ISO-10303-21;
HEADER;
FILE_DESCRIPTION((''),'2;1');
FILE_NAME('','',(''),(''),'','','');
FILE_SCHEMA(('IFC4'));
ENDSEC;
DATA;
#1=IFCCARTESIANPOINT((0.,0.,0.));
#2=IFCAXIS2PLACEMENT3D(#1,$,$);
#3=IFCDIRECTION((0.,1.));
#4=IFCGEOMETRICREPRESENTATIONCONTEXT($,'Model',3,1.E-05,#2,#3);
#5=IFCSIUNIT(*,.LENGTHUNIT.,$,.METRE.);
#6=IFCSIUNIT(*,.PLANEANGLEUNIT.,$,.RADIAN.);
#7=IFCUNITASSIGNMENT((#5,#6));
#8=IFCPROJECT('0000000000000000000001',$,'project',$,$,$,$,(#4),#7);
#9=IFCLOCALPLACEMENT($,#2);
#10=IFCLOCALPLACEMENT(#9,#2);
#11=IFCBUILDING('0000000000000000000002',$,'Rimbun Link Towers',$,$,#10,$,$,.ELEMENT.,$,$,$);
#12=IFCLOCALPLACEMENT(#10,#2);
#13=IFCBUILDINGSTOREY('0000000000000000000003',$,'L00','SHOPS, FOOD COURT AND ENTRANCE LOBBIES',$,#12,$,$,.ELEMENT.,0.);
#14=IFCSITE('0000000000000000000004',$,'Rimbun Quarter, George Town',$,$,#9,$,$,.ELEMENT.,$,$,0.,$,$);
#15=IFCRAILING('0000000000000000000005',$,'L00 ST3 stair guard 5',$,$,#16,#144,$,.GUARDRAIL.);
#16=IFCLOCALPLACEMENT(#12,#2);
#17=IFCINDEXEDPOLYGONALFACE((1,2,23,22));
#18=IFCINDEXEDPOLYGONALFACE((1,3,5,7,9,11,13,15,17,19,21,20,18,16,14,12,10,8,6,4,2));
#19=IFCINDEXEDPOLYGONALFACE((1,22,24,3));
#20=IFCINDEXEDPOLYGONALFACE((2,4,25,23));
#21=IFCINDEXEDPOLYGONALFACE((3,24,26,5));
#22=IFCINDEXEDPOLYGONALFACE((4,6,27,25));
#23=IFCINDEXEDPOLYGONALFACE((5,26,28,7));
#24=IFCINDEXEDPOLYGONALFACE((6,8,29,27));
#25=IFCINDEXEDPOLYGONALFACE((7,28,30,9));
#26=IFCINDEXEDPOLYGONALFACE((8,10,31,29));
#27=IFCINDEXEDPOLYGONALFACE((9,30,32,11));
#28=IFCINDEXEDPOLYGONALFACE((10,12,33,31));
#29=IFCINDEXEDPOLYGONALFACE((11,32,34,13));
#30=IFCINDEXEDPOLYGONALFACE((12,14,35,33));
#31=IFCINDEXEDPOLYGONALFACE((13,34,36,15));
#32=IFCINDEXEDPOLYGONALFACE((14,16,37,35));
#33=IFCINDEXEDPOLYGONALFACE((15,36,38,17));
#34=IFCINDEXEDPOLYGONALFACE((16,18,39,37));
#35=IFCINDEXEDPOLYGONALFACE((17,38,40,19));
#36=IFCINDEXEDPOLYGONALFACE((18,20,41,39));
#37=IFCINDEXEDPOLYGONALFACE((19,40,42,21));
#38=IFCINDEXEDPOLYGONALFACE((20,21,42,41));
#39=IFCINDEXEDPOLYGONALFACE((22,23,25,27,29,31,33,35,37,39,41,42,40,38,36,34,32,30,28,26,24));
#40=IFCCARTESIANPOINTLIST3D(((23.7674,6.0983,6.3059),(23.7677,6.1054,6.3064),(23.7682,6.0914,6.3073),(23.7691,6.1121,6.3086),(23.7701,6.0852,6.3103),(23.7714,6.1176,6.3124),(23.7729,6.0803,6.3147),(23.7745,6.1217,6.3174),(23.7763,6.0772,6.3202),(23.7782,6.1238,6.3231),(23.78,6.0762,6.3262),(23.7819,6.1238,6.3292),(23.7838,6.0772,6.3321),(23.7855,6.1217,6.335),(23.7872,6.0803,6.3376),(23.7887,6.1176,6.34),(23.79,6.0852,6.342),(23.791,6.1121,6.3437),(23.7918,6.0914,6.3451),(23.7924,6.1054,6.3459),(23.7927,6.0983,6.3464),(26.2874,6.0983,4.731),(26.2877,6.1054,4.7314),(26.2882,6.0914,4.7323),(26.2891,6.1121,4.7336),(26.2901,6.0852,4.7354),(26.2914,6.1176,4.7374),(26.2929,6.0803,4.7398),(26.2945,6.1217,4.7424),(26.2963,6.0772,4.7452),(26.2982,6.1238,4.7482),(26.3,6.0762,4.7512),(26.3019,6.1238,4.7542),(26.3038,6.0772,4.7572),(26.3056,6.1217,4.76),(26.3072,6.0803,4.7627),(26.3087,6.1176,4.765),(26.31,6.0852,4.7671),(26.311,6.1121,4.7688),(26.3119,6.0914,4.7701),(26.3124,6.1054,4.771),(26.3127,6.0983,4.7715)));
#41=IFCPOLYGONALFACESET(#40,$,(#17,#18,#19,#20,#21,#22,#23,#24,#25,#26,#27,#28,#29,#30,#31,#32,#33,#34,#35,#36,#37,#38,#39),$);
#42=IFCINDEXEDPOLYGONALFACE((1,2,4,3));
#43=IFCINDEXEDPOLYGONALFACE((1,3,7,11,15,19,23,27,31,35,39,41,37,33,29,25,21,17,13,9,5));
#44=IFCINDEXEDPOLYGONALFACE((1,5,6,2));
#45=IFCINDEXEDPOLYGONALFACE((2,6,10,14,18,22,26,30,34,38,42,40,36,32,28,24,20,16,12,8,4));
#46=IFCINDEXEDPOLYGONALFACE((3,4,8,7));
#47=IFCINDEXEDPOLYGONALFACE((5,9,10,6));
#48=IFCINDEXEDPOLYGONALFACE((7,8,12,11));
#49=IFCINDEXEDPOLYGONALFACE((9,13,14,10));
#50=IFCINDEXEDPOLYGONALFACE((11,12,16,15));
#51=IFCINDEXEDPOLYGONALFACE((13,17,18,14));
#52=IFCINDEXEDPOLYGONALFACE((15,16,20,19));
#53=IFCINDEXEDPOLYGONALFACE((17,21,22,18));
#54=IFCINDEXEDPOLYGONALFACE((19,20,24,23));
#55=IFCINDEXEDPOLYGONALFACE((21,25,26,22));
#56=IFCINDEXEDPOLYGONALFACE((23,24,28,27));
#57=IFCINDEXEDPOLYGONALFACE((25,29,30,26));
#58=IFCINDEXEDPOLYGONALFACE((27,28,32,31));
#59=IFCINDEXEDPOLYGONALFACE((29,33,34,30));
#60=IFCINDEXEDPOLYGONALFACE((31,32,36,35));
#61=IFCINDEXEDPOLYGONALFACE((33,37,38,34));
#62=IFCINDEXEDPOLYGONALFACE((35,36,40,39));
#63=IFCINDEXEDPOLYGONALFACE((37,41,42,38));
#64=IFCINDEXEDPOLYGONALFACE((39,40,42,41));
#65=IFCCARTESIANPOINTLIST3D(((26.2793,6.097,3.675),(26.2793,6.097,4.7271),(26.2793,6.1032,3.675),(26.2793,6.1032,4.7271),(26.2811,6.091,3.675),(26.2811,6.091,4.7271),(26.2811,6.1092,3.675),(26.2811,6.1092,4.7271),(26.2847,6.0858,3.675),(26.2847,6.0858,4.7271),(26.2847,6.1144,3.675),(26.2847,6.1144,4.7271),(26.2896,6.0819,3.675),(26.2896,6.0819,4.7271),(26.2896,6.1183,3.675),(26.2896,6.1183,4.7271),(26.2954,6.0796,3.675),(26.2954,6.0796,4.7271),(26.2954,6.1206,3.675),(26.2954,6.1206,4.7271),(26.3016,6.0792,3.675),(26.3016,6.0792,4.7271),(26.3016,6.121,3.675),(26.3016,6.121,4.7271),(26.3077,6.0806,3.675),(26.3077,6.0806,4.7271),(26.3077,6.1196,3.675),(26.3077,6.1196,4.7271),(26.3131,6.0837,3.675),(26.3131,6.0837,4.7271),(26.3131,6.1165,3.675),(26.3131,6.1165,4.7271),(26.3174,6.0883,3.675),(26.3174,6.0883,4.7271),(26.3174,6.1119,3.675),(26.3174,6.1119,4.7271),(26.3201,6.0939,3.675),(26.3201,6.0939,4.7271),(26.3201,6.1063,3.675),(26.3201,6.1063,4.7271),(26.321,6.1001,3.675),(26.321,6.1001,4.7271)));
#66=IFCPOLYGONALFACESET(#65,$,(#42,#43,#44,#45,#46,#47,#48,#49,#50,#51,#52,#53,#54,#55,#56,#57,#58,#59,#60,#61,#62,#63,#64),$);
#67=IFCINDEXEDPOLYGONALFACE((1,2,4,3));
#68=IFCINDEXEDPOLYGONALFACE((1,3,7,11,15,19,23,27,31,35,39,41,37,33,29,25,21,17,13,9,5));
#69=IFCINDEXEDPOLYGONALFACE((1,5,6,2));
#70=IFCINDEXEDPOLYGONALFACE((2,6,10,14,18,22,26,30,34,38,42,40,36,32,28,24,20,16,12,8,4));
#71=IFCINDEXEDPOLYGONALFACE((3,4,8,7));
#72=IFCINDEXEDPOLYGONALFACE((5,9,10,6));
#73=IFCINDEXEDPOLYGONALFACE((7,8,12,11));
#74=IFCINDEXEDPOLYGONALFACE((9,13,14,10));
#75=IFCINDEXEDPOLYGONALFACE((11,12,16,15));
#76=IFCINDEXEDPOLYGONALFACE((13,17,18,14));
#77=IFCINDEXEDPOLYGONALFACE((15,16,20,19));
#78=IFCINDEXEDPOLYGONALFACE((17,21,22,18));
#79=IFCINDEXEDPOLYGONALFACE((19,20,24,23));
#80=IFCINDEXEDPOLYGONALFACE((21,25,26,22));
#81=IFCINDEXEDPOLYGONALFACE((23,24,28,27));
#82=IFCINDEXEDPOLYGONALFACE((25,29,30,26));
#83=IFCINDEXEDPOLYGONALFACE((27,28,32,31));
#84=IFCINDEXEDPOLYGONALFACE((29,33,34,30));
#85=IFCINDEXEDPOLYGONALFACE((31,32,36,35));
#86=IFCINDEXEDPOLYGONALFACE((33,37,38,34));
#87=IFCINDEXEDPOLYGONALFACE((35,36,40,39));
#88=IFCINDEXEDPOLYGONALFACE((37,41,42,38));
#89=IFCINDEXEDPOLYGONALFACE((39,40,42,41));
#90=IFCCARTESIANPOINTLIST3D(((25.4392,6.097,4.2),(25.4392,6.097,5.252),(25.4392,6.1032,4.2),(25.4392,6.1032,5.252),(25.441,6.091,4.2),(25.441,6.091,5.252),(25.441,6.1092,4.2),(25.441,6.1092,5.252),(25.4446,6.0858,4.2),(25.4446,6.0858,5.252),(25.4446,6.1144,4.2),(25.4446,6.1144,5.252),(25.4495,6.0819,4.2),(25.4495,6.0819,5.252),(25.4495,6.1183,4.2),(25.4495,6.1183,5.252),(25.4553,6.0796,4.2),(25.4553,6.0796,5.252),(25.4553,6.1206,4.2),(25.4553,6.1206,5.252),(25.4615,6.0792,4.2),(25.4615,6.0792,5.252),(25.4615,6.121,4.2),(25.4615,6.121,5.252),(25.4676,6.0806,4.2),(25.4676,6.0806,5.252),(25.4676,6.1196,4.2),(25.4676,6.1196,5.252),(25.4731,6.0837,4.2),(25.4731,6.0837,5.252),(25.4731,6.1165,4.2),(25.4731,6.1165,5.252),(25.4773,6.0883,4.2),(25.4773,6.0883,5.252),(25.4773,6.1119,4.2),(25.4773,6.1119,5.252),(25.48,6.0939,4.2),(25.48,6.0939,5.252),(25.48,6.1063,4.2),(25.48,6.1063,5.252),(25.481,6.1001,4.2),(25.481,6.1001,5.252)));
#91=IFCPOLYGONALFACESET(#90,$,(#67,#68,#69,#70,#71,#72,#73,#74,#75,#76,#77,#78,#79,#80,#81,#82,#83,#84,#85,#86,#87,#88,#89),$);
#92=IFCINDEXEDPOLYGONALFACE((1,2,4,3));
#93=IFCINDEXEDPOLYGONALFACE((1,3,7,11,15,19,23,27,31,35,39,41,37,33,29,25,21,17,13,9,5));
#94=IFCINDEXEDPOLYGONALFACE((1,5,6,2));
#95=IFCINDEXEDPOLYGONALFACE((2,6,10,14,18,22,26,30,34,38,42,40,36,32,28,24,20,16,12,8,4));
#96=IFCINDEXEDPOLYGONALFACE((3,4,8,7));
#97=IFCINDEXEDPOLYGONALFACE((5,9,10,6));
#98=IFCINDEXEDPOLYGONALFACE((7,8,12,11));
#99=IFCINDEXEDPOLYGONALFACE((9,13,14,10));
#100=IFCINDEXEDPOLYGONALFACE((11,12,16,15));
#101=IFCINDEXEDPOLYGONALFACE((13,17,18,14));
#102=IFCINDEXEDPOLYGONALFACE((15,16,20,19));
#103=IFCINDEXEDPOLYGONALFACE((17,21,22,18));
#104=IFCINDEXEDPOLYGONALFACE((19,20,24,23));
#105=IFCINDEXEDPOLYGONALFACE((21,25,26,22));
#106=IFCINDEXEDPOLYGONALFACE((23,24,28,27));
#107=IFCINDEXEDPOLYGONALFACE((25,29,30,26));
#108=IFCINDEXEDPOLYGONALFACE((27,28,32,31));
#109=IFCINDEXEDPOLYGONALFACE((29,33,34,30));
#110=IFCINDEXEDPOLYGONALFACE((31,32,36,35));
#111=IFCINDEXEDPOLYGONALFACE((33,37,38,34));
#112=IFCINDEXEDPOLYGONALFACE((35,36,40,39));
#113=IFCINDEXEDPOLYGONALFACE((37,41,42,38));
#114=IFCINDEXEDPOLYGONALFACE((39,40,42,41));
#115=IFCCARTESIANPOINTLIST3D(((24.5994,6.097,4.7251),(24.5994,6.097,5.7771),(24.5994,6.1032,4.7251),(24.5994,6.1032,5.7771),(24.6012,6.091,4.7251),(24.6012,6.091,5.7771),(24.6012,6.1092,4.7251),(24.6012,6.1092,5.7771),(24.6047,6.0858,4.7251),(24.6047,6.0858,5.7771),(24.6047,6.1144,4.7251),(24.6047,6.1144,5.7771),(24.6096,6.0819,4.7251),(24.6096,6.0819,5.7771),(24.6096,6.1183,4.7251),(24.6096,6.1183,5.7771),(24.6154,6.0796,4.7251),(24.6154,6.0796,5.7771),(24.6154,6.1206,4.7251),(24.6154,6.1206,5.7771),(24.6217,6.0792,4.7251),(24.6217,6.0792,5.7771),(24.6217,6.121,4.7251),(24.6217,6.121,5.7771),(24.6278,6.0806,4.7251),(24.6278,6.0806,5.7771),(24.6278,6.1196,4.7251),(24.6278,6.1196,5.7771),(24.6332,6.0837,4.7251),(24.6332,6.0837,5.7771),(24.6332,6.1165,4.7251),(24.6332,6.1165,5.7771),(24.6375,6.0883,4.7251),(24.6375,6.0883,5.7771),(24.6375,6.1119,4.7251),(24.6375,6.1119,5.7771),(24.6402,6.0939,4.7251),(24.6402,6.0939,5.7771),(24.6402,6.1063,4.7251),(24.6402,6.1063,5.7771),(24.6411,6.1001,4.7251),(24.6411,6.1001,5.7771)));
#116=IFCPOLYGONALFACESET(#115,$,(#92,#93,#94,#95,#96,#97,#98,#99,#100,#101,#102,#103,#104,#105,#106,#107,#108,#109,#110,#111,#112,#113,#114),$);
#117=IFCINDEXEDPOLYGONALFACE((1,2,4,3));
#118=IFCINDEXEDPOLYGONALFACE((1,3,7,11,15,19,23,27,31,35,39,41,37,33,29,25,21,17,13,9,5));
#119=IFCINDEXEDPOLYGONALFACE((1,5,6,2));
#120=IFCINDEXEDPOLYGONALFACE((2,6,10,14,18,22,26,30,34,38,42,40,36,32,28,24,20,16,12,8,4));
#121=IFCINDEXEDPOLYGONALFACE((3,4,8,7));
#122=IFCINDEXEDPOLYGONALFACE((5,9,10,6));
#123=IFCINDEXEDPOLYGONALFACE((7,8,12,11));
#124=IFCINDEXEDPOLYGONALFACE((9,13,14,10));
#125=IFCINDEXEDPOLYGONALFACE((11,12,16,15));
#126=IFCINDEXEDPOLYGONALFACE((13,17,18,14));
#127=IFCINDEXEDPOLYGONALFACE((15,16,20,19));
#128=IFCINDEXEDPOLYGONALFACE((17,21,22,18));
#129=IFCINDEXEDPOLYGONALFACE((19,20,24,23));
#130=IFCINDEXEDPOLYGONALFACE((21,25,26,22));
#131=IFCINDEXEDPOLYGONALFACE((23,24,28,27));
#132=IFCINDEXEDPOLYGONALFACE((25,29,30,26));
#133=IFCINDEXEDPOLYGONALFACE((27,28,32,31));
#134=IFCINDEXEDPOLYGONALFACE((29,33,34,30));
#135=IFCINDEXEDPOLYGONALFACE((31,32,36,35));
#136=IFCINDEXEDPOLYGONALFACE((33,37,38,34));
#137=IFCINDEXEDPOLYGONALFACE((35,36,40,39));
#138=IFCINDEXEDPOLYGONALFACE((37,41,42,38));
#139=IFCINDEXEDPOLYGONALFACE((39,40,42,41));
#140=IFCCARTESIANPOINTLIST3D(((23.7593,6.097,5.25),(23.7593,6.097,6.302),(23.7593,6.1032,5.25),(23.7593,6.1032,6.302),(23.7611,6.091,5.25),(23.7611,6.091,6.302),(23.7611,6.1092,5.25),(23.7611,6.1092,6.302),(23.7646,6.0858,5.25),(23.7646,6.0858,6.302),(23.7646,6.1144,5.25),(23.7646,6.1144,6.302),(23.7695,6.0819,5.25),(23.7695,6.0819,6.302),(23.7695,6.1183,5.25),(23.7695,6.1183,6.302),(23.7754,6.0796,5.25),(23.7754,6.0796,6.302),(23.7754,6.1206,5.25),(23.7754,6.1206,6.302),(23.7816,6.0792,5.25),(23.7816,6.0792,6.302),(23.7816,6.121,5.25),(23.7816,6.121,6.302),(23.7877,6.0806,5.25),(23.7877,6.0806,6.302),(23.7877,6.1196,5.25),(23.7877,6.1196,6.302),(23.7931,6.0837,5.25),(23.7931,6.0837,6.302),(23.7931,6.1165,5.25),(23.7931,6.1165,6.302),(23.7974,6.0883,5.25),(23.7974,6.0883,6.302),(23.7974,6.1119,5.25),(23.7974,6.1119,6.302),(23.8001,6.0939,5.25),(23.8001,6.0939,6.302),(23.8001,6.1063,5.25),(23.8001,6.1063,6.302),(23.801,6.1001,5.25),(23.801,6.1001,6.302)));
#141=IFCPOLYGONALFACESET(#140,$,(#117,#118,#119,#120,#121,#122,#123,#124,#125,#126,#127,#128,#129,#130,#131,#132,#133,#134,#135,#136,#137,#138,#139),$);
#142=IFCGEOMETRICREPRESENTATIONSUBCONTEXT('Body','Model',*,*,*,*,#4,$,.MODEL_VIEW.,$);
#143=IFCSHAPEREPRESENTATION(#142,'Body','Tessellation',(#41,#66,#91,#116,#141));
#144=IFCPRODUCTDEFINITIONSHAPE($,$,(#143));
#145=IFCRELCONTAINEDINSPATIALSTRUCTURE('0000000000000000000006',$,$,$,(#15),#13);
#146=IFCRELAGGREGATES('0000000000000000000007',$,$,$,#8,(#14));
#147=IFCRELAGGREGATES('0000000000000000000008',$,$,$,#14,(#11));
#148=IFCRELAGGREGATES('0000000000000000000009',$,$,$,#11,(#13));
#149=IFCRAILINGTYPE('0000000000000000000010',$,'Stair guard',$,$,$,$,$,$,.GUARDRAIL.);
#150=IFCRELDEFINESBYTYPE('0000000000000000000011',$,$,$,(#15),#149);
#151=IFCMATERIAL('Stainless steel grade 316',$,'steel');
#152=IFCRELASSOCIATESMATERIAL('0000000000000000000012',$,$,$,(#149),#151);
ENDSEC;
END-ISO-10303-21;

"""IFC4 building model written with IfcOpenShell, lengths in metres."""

from ifc_helpers import new_model, si_unit, direction, frame, origin, origin_2d, place, context, subcontext, project, spatial, circle, extrude, material, type_object, element, save


model = new_model("IFC4")

# Units and contexts
model_context = context("Model", 3, precision=1e-05, world=origin(), true_north=direction((0.0, 1.0)))
body_context = subcontext(model_context, "Body", "Model", "MODEL_VIEW")
ifc_project = project(units=[si_unit("LENGTHUNIT", "METRE"), si_unit("PLANEANGLEUNIT", "RADIAN")], contexts=[model_context])

# Site, building, storey
site_placement = place(None, origin())
site = spatial("IfcSite", under=ifc_project, at=site_placement, Name="Rimbun Quarter, George Town", CompositionType="ELEMENT", RefElevation=0.0)
building_placement = place(site_placement, origin())
building = spatial("IfcBuilding", under=site, at=building_placement, Name="Rimbun Link Towers", CompositionType="ELEMENT")
storey_placement = place(building_placement, origin())
storey = spatial("IfcBuildingStorey", under=building, at=storey_placement, Name="L00", Description="SHOPS, FOOD COURT AND ENTRANCE LOBBIES", CompositionType="ELEMENT", Elevation=0.0)

# Railing
ifc_material_1 = material(Name="Stainless steel grade 316", Category="steel")
railing_type_1 = type_object("IfcRailingType", Name="Stair guard", PredefinedType="GUARDRAIL", material=ifc_material_1)
railing_1_placement = place(storey_placement, frame((26.3, 6.1001, 3.675)))
element("IfcRailing", 1, at=railing_1_placement, inside=storey, type_object=railing_type_1, Name="L00 ST3 stair guard 5", PredefinedType="GUARDRAIL", context=body_context, shape_type="SweptSolid", body=[
    extrude(circle(Radius=0.0239, at=origin_2d()), frame((0.0, 0.0, 1.0762), z_axis=(-0.848008, 0.0, 0.529984), x_axis=(0.0, -1.0, 0.0)), (0.0, 0.0, 1.0), 2.9717),
    extrude(circle(Radius=0.021, at=origin_2d()), origin(), (0.0, 0.0, 1.0), 1.052),
    extrude(circle(Radius=0.021, at=origin_2d()), frame((-0.8401, 0.0, 0.5249)), (0.0, 0.0, 1.0), 1.052),
    extrude(circle(Radius=0.021, at=origin_2d()), frame((-1.6799, 0.0, 1.05)), (0.0, 0.0, 1.0), 1.052),
    extrude(circle(Radius=0.021, at=origin_2d()), frame((-2.52, 0.0, 1.575)), (0.0, 0.0, 1.0), 1.052),
])

save(model, "model.ifc")
